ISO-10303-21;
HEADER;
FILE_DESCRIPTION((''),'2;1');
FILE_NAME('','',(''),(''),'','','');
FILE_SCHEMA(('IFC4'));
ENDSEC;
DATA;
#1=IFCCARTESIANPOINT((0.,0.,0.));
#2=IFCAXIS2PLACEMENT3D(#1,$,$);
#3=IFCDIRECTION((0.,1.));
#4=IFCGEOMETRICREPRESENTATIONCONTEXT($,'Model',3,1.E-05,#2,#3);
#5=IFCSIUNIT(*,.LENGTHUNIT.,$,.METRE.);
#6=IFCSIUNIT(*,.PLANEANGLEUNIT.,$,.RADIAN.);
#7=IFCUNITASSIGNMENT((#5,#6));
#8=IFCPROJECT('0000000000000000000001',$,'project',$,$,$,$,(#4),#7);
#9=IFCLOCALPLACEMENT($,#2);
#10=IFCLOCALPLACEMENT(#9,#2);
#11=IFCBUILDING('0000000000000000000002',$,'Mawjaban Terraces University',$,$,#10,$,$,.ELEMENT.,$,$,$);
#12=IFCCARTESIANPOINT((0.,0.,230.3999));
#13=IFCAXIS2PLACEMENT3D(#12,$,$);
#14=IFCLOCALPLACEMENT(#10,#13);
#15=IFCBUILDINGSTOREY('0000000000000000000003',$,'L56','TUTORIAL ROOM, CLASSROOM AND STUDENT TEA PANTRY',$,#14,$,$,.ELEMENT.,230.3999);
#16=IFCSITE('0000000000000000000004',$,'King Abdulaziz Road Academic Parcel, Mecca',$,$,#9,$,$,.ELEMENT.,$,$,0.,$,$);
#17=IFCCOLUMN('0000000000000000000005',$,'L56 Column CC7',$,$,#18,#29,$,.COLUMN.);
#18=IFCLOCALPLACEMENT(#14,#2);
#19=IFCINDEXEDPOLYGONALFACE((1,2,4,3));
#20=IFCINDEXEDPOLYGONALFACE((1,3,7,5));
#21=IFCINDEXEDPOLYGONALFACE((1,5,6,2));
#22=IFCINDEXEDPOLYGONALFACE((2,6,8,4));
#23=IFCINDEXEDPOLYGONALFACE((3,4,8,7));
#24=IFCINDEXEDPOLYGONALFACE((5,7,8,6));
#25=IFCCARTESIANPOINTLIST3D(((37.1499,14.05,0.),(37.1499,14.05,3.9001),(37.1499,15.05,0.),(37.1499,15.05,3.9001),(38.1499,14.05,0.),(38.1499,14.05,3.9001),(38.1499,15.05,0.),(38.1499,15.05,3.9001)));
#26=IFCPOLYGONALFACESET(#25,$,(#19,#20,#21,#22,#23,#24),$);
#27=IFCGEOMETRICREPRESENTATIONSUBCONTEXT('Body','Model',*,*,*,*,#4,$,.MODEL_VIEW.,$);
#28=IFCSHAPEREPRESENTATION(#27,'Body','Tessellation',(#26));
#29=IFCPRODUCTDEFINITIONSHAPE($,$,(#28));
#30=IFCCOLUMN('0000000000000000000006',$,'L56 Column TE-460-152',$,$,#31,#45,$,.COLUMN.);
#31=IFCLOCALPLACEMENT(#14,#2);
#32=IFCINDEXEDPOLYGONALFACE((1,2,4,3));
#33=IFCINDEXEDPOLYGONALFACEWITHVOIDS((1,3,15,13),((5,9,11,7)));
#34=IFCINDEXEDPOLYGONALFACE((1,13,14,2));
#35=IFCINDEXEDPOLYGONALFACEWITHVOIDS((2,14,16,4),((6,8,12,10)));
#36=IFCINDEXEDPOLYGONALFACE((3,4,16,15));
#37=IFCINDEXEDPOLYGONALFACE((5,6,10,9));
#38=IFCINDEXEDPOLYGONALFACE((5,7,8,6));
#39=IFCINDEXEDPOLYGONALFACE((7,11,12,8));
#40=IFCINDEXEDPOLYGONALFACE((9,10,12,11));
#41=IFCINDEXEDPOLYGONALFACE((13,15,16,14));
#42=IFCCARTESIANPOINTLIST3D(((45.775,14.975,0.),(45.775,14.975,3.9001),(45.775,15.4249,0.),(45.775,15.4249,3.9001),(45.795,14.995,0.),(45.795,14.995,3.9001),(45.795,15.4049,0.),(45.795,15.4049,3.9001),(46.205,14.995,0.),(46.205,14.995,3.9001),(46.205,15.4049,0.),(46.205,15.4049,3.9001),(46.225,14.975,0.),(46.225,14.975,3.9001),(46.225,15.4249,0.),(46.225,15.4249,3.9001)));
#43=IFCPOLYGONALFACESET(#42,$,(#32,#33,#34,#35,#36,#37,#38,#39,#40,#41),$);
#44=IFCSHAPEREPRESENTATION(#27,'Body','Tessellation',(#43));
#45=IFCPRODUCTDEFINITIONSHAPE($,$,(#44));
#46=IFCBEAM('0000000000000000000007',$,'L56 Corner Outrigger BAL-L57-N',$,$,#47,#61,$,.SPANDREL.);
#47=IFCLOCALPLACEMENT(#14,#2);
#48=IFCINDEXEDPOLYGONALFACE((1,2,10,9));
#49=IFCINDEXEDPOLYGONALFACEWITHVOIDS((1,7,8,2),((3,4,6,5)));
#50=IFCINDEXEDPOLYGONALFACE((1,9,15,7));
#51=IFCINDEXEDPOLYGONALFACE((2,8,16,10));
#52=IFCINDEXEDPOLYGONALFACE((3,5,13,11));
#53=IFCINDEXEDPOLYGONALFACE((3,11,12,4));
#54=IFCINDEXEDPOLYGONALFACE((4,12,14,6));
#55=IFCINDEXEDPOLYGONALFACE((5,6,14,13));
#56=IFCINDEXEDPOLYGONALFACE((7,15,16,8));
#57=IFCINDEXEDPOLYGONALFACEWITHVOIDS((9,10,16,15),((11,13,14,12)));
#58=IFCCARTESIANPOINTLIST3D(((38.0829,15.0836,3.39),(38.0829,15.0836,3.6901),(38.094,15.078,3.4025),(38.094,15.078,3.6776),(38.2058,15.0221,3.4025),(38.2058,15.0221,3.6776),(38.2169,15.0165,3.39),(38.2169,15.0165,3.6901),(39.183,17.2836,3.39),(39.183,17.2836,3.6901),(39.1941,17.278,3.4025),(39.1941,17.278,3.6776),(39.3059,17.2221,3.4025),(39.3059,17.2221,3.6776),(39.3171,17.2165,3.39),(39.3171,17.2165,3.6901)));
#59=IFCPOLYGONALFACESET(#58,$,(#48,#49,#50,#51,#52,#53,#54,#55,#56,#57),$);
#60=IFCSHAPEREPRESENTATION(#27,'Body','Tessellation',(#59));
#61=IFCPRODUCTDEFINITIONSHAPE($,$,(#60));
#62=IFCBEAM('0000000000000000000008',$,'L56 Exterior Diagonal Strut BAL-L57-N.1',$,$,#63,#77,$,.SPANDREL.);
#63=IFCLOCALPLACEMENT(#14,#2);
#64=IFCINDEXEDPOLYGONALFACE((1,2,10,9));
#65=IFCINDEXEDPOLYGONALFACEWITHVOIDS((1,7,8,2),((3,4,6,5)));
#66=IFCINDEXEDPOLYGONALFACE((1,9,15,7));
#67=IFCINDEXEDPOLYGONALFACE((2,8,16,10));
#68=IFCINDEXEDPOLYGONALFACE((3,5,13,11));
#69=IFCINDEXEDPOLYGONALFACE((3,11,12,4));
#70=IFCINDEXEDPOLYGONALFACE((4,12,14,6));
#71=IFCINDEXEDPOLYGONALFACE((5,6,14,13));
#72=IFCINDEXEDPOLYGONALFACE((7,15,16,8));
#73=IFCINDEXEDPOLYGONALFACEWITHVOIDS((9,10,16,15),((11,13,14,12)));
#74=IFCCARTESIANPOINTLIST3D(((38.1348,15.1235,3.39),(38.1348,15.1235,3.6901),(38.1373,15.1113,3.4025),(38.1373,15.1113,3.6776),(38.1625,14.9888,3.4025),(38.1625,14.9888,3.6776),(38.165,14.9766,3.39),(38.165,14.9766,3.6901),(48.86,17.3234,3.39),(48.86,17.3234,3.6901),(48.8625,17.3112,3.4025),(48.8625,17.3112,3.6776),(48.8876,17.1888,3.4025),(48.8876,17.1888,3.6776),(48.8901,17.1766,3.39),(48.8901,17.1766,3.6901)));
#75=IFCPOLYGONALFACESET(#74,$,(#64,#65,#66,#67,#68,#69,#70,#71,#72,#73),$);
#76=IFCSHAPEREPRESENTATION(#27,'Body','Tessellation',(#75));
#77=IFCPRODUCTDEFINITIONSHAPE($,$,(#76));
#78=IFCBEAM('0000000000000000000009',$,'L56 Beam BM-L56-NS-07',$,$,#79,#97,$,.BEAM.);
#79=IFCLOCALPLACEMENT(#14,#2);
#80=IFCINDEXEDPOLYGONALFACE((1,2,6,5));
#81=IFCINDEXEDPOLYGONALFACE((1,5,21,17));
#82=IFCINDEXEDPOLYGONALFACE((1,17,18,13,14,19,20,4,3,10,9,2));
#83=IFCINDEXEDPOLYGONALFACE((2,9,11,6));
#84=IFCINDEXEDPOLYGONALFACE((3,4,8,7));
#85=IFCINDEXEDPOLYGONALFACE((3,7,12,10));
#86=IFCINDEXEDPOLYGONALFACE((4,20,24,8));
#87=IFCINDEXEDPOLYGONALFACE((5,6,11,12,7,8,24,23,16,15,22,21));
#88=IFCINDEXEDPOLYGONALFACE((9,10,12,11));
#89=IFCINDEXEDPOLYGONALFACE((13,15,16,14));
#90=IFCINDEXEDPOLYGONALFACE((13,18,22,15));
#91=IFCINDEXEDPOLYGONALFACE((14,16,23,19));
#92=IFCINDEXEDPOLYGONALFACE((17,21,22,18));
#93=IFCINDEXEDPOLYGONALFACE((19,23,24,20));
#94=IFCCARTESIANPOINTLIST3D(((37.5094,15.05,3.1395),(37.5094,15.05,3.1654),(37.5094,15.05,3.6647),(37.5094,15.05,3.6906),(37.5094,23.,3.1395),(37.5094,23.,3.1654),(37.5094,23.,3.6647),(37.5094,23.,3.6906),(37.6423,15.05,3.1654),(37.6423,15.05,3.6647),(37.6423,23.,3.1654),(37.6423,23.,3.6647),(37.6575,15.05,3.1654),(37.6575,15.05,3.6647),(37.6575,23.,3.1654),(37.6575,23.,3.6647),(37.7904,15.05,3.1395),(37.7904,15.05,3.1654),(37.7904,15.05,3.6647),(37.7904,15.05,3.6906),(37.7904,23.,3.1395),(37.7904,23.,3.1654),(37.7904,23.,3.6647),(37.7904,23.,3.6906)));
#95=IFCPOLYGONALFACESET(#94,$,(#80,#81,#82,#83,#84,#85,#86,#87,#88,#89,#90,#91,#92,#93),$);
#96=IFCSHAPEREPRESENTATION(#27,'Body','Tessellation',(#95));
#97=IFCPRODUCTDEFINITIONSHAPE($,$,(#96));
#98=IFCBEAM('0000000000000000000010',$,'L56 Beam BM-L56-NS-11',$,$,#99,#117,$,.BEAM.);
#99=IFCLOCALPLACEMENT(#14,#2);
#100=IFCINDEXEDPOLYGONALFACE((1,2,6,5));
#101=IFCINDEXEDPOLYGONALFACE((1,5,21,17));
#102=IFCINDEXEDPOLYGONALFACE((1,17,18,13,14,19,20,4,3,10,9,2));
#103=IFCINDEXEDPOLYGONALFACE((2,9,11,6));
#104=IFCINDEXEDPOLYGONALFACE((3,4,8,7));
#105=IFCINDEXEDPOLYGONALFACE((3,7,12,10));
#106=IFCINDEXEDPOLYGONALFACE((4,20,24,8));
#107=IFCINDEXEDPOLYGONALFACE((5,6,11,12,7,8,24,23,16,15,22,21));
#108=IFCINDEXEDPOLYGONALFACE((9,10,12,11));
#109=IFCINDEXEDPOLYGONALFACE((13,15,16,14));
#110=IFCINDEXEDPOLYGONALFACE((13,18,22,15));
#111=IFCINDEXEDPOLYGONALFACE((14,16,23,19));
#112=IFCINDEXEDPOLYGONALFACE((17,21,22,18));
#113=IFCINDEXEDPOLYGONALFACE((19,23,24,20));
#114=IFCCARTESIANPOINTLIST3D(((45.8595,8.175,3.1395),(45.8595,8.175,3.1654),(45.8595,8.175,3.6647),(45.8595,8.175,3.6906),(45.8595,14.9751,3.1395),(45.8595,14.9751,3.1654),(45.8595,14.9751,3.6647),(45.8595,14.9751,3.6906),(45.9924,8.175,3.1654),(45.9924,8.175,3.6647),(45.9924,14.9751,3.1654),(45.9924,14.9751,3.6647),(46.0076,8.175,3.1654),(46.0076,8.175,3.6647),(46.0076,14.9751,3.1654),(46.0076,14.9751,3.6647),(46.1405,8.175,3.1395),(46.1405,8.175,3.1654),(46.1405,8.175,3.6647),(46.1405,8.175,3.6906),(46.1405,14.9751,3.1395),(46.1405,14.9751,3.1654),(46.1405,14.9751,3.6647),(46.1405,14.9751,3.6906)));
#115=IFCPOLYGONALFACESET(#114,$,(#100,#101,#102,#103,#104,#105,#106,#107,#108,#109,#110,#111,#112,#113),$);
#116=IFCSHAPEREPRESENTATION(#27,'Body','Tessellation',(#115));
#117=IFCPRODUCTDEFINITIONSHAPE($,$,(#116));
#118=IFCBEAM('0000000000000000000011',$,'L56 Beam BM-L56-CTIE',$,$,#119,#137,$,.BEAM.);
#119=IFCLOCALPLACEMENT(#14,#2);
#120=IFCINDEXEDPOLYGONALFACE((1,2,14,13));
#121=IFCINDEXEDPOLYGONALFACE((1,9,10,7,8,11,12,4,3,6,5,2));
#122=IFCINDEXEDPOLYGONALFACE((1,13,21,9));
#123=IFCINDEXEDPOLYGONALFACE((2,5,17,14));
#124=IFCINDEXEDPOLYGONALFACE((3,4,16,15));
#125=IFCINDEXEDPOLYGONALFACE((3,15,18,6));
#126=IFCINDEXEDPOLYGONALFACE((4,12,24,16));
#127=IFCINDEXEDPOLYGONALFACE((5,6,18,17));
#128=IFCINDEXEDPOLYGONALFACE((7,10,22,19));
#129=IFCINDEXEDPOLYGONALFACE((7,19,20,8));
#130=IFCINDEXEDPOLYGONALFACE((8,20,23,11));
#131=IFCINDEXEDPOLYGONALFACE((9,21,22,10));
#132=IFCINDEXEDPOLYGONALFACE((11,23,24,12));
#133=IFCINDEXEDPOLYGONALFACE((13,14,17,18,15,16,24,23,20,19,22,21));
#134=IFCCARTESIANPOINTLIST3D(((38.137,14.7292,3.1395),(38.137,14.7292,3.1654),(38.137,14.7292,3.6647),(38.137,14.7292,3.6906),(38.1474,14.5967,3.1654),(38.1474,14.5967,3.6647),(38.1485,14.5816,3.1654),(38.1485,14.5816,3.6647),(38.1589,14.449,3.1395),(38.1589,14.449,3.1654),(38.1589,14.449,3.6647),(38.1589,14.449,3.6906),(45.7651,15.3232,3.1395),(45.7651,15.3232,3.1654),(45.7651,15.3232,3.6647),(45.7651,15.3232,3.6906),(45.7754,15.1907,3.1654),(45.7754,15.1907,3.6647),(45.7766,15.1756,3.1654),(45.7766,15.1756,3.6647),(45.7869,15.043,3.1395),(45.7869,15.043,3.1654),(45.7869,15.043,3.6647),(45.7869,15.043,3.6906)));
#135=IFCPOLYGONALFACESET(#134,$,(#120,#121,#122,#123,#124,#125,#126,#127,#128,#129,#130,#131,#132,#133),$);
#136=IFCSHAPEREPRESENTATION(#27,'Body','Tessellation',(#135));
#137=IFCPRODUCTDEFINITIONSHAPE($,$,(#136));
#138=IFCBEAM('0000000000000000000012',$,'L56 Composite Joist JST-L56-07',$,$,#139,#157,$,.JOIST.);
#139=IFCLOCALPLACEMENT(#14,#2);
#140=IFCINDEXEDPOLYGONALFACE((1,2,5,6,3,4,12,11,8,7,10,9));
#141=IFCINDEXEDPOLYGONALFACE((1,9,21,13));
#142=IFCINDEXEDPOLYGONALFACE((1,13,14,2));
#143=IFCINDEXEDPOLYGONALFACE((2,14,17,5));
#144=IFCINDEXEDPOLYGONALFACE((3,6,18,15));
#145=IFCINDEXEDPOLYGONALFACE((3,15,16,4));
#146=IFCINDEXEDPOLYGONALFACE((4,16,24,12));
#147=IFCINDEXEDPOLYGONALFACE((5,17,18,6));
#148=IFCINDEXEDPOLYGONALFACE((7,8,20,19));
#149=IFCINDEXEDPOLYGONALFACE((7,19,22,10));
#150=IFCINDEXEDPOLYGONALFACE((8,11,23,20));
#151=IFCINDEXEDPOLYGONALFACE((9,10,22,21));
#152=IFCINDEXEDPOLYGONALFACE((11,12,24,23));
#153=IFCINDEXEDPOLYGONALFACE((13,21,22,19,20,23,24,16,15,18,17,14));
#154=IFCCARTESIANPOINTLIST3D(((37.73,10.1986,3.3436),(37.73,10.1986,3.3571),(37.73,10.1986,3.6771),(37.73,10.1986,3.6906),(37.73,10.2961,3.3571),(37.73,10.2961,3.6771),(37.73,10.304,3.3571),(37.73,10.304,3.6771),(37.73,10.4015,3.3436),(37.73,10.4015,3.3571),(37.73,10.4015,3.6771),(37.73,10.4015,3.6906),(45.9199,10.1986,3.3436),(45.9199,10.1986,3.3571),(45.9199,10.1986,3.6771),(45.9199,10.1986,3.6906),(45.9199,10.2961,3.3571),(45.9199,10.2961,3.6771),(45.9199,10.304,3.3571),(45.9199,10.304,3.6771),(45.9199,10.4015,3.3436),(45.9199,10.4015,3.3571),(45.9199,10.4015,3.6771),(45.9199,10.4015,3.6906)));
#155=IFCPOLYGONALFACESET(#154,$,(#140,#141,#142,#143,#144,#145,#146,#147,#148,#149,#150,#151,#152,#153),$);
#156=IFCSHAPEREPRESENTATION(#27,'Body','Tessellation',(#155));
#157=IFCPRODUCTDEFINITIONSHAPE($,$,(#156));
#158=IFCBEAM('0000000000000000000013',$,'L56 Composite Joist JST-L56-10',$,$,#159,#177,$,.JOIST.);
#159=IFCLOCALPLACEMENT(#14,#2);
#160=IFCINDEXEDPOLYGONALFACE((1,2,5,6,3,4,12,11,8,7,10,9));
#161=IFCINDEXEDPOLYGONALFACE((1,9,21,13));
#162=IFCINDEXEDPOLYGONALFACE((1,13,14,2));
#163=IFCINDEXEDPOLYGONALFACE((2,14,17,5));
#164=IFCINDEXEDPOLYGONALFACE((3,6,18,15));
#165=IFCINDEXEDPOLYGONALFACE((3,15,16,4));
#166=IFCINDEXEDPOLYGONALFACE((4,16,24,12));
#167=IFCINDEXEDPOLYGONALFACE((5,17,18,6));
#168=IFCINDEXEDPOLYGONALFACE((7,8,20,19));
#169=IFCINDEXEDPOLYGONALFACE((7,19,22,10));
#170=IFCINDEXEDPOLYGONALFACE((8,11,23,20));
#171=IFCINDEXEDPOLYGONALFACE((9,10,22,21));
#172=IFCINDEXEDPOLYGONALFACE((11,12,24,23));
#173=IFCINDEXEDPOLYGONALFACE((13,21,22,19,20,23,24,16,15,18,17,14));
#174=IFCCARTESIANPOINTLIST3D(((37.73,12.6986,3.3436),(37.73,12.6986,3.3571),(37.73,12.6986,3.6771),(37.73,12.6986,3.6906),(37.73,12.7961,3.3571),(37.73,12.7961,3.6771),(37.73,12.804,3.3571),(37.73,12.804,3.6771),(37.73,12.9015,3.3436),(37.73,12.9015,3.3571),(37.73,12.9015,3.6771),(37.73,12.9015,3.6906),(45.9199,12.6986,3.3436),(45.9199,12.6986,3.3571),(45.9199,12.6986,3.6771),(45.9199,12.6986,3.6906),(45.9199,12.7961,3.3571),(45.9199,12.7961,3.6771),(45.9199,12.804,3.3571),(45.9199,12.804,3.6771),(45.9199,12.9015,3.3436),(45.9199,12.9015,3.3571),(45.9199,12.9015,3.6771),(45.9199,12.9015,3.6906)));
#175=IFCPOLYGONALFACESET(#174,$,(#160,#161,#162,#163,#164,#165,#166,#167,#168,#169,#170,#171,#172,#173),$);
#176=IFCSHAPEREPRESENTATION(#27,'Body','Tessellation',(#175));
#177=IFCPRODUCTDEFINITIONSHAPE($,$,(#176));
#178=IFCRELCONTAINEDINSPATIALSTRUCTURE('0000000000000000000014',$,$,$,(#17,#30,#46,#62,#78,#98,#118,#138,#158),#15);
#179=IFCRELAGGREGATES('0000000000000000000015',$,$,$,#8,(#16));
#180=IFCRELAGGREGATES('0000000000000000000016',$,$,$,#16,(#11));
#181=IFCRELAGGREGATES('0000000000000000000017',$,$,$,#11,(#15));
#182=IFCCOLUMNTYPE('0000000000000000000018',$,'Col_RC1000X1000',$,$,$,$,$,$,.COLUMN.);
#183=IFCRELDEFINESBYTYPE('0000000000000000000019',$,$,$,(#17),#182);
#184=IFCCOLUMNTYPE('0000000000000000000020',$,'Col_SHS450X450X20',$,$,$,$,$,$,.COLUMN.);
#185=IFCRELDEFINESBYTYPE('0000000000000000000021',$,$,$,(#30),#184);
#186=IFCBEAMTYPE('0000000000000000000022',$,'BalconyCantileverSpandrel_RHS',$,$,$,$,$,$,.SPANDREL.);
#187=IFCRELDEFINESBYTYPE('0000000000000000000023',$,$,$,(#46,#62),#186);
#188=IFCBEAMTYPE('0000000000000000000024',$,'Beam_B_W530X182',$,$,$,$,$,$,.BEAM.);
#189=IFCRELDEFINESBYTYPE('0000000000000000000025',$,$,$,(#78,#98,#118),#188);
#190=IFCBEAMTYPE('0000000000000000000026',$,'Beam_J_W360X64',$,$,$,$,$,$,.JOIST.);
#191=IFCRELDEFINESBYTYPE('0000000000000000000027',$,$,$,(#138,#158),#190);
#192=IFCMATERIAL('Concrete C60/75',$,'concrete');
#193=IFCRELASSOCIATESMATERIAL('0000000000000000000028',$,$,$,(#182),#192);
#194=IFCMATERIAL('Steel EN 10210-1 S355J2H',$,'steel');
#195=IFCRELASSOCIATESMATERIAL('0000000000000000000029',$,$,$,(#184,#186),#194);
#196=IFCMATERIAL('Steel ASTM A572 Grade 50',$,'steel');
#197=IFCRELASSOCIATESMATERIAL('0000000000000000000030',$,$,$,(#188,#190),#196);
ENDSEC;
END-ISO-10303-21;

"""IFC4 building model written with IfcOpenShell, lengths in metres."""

from ifc_helpers import new_model, si_unit, direction, frame, origin, origin_2d, place, context, subcontext, project, spatial, rectangle, hollow_rectangle, i_section, extrude, material, material_profile, profile_set, type_object, element, save


model = new_model("IFC4")

# Units and contexts
model_context = context("Model", 3, precision=1e-05, world=origin(), true_north=direction((0.0, 1.0)))
body_context = subcontext(model_context, "Body", "Model", "MODEL_VIEW")
ifc_project = project(units=[si_unit("LENGTHUNIT", "METRE"), si_unit("PLANEANGLEUNIT", "RADIAN")], contexts=[model_context])

# Site, building, storey
site_placement = place(None, origin())
site = spatial("IfcSite", under=ifc_project, at=site_placement, Name="King Abdulaziz Road Academic Parcel, Mecca", CompositionType="ELEMENT", RefElevation=0.0)
building_placement = place(site_placement, origin())
building = spatial("IfcBuilding", under=site, at=building_placement, Name="Mawjaban Terraces University", CompositionType="ELEMENT")
storey_placement = place(building_placement, frame((0.0, 0.0, 230.3999)))
storey = spatial("IfcBuildingStorey", under=building, at=storey_placement, Name="L56", Description="TUTORIAL ROOM, CLASSROOM AND STUDENT TEA PANTRY", CompositionType="ELEMENT", Elevation=230.3999)

# Columns
ifc_material_1 = material(Name="Concrete C60/75", Category="concrete")
ifc_material_profile_1 = material_profile(ifc_material_1, rectangle(XDim=1.0, YDim=1.0, at=origin_2d()), Name="RC1000X1000")
ifc_profile_set_1 = profile_set([ifc_material_profile_1], Name="Concrete C60/75")
column_type_1 = type_object("IfcColumnType", Name="Col_RC1000X1000", PredefinedType="COLUMN", material=ifc_profile_set_1)
column_1_placement = place(storey_placement, frame((37.6499, 14.55, 0.0), z_axis=(0.0, 0.0, 1.0), x_axis=(1.0, 0.0, 0.0)))
element("IfcColumn", 1, at=column_1_placement, inside=storey, type_object=column_type_1, Name="L56 Column CC7", PredefinedType="COLUMN", context=body_context, shape_type="SweptSolid", body=[
    extrude(rectangle(XDim=1.0, YDim=1.0, at=origin_2d()), origin(), (0.0, 0.0, 1.0), 3.9001),
])
ifc_material_2 = material(Name="Steel EN 10210-1 S355J2H", Category="steel")
ifc_material_profile_2 = material_profile(ifc_material_2, hollow_rectangle(XDim=0.45, YDim=0.45, WallThickness=0.02, at=origin_2d()), Name="SHS450X450X20")
ifc_profile_set_2 = profile_set([ifc_material_profile_2], Name="Steel EN 10210-1 S355J2H")
column_type_2 = type_object("IfcColumnType", Name="Col_SHS450X450X20", PredefinedType="COLUMN", material=ifc_profile_set_2)
column_2_placement = place(storey_placement, frame((46.0, 15.2, 0.0), z_axis=(0.0, 0.0, 1.0), x_axis=(1.0, 0.0, 0.0)))
element("IfcColumn", 2, at=column_2_placement, inside=storey, type_object=column_type_2, Name="L56 Column TE-460-152", PredefinedType="COLUMN", context=body_context, shape_type="SweptSolid", body=[
    extrude(hollow_rectangle(XDim=0.45, YDim=0.45, WallThickness=0.02, at=origin_2d()), origin(), (0.0, 0.0, 1.0), 3.9001),
])

# Beams
ifc_material_profile_3 = material_profile(ifc_material_2, hollow_rectangle(XDim=0.1499, YDim=0.3, WallThickness=0.0125, at=origin_2d()), Name="RHS300X150X12.5")
ifc_profile_set_3 = profile_set([ifc_material_profile_3], Name="Steel EN 10210-1 S355J2H")
beam_type_1 = type_object("IfcBeamType", Name="BalconyCantileverSpandrel_RHS", PredefinedType="SPANDREL", material=ifc_profile_set_3)
beam_1_placement = place(storey_placement, frame((38.1499, 15.05, 3.54), z_axis=(0.447253, 0.894407, 0.0), x_axis=(-0.894407, 0.447253, 0.0)))
element("IfcBeam", 3, at=beam_1_placement, inside=storey, type_object=beam_type_1, Name="L56 Corner Outrigger BAL-L57-N", PredefinedType="SPANDREL", context=body_context, shape_type="SweptSolid", body=[
    extrude(hollow_rectangle(XDim=0.1499, YDim=0.3, WallThickness=0.0125, at=origin_2d()), origin(), (0.0, 0.0, 1.0), 2.4597),
])
beam_2_placement = place(storey_placement, frame((38.1499, 15.05, 3.54), z_axis=(0.979604, 0.200938, 0.0), x_axis=(-0.200938, 0.979604, 0.0)))
element("IfcBeam", 4, at=beam_2_placement, inside=storey, type_object=beam_type_1, Name="L56 Exterior Diagonal Strut BAL-L57-N.1", PredefinedType="SPANDREL", context=body_context, shape_type="SweptSolid", body=[
    extrude(hollow_rectangle(XDim=0.1499, YDim=0.3, WallThickness=0.0125, at=origin_2d()), origin(), (0.0, 0.0, 1.0), 10.9485),
])
ifc_material_3 = material(Name="Steel ASTM A572 Grade 50", Category="steel")
ifc_material_profile_4 = material_profile(ifc_material_3, i_section(OverallWidth=0.281, OverallDepth=0.551, WebThickness=0.0151, FlangeThickness=0.0259, at=origin_2d()), Name="W530X182")
ifc_profile_set_4 = profile_set([ifc_material_profile_4], Name="Steel ASTM A572 Grade 50")
beam_type_2 = type_object("IfcBeamType", Name="Beam_B_W530X182", PredefinedType="BEAM", material=ifc_profile_set_4)
beam_3_placement = place(storey_placement, frame((37.6499, 15.05, 3.415), z_axis=(0.0, 1.0, 0.0), x_axis=(-1.0, 0.0, 0.0)))
element("IfcBeam", 5, at=beam_3_placement, inside=storey, type_object=beam_type_2, Name="L56 Beam BM-L56-NS-07", PredefinedType="BEAM", context=body_context, shape_type="SweptSolid", body=[
    extrude(i_section(OverallWidth=0.281, OverallDepth=0.551, WebThickness=0.0151, FlangeThickness=0.0259, at=origin_2d()), origin(), (0.0, 0.0, 1.0), 7.95),
])
beam_4_placement = place(storey_placement, frame((46.0, 8.175, 3.415), z_axis=(0.0, 1.0, 0.0), x_axis=(-1.0, 0.0, 0.0)))
element("IfcBeam", 6, at=beam_4_placement, inside=storey, type_object=beam_type_2, Name="L56 Beam BM-L56-NS-11", PredefinedType="BEAM", context=body_context, shape_type="SweptSolid", body=[
    extrude(i_section(OverallWidth=0.281, OverallDepth=0.551, WebThickness=0.0151, FlangeThickness=0.0259, at=origin_2d()), origin(), (0.0, 0.0, 1.0), 6.8),
])
beam_5_placement = place(storey_placement, frame((38.1479, 14.5891, 3.415), z_axis=(0.996982, 0.077636, 0.0), x_axis=(-0.077636, 0.996982, 0.0)))
element("IfcBeam", 7, at=beam_5_placement, inside=storey, type_object=beam_type_2, Name="L56 Beam BM-L56-CTIE", PredefinedType="BEAM", context=body_context, shape_type="SweptSolid", body=[
    extrude(i_section(OverallWidth=0.281, OverallDepth=0.551, WebThickness=0.0151, FlangeThickness=0.0259, at=origin_2d()), origin(), (0.0, 0.0, 1.0), 7.6511),
])
ifc_material_profile_5 = material_profile(ifc_material_3, i_section(OverallWidth=0.2029, OverallDepth=0.3469, WebThickness=0.0078, FlangeThickness=0.0134, at=origin_2d()), Name="W360X64")
ifc_profile_set_5 = profile_set([ifc_material_profile_5], Name="Steel ASTM A572 Grade 50")
beam_type_3 = type_object("IfcBeamType", Name="Beam_J_W360X64", PredefinedType="JOIST", material=ifc_profile_set_5)
for number, where, z_axis, x_axis, name in (
    (8, (37.73, 10.3, 3.5171), (1.0, 0.0, 0.0), (0.0, 1.0, 0.0), "L56 Composite Joist JST-L56-07"),
    (9, (37.73, 12.8, 3.5171), (1.0, 0.0, 0.0), (0.0, 1.0, 0.0), "L56 Composite Joist JST-L56-10"),
):
    element("IfcBeam", number, at=place(storey_placement, frame(where, z_axis=z_axis, x_axis=x_axis)), inside=storey, type_object=beam_type_3, Name=name, PredefinedType="JOIST", context=body_context, shape_type="SweptSolid", body=[
        extrude(i_section(OverallWidth=0.2029, OverallDepth=0.3469, WebThickness=0.0078, FlangeThickness=0.0134, at=origin_2d()), origin(), (0.0, 0.0, 1.0), 8.1899),
    ])

save(model, "model.ifc")
